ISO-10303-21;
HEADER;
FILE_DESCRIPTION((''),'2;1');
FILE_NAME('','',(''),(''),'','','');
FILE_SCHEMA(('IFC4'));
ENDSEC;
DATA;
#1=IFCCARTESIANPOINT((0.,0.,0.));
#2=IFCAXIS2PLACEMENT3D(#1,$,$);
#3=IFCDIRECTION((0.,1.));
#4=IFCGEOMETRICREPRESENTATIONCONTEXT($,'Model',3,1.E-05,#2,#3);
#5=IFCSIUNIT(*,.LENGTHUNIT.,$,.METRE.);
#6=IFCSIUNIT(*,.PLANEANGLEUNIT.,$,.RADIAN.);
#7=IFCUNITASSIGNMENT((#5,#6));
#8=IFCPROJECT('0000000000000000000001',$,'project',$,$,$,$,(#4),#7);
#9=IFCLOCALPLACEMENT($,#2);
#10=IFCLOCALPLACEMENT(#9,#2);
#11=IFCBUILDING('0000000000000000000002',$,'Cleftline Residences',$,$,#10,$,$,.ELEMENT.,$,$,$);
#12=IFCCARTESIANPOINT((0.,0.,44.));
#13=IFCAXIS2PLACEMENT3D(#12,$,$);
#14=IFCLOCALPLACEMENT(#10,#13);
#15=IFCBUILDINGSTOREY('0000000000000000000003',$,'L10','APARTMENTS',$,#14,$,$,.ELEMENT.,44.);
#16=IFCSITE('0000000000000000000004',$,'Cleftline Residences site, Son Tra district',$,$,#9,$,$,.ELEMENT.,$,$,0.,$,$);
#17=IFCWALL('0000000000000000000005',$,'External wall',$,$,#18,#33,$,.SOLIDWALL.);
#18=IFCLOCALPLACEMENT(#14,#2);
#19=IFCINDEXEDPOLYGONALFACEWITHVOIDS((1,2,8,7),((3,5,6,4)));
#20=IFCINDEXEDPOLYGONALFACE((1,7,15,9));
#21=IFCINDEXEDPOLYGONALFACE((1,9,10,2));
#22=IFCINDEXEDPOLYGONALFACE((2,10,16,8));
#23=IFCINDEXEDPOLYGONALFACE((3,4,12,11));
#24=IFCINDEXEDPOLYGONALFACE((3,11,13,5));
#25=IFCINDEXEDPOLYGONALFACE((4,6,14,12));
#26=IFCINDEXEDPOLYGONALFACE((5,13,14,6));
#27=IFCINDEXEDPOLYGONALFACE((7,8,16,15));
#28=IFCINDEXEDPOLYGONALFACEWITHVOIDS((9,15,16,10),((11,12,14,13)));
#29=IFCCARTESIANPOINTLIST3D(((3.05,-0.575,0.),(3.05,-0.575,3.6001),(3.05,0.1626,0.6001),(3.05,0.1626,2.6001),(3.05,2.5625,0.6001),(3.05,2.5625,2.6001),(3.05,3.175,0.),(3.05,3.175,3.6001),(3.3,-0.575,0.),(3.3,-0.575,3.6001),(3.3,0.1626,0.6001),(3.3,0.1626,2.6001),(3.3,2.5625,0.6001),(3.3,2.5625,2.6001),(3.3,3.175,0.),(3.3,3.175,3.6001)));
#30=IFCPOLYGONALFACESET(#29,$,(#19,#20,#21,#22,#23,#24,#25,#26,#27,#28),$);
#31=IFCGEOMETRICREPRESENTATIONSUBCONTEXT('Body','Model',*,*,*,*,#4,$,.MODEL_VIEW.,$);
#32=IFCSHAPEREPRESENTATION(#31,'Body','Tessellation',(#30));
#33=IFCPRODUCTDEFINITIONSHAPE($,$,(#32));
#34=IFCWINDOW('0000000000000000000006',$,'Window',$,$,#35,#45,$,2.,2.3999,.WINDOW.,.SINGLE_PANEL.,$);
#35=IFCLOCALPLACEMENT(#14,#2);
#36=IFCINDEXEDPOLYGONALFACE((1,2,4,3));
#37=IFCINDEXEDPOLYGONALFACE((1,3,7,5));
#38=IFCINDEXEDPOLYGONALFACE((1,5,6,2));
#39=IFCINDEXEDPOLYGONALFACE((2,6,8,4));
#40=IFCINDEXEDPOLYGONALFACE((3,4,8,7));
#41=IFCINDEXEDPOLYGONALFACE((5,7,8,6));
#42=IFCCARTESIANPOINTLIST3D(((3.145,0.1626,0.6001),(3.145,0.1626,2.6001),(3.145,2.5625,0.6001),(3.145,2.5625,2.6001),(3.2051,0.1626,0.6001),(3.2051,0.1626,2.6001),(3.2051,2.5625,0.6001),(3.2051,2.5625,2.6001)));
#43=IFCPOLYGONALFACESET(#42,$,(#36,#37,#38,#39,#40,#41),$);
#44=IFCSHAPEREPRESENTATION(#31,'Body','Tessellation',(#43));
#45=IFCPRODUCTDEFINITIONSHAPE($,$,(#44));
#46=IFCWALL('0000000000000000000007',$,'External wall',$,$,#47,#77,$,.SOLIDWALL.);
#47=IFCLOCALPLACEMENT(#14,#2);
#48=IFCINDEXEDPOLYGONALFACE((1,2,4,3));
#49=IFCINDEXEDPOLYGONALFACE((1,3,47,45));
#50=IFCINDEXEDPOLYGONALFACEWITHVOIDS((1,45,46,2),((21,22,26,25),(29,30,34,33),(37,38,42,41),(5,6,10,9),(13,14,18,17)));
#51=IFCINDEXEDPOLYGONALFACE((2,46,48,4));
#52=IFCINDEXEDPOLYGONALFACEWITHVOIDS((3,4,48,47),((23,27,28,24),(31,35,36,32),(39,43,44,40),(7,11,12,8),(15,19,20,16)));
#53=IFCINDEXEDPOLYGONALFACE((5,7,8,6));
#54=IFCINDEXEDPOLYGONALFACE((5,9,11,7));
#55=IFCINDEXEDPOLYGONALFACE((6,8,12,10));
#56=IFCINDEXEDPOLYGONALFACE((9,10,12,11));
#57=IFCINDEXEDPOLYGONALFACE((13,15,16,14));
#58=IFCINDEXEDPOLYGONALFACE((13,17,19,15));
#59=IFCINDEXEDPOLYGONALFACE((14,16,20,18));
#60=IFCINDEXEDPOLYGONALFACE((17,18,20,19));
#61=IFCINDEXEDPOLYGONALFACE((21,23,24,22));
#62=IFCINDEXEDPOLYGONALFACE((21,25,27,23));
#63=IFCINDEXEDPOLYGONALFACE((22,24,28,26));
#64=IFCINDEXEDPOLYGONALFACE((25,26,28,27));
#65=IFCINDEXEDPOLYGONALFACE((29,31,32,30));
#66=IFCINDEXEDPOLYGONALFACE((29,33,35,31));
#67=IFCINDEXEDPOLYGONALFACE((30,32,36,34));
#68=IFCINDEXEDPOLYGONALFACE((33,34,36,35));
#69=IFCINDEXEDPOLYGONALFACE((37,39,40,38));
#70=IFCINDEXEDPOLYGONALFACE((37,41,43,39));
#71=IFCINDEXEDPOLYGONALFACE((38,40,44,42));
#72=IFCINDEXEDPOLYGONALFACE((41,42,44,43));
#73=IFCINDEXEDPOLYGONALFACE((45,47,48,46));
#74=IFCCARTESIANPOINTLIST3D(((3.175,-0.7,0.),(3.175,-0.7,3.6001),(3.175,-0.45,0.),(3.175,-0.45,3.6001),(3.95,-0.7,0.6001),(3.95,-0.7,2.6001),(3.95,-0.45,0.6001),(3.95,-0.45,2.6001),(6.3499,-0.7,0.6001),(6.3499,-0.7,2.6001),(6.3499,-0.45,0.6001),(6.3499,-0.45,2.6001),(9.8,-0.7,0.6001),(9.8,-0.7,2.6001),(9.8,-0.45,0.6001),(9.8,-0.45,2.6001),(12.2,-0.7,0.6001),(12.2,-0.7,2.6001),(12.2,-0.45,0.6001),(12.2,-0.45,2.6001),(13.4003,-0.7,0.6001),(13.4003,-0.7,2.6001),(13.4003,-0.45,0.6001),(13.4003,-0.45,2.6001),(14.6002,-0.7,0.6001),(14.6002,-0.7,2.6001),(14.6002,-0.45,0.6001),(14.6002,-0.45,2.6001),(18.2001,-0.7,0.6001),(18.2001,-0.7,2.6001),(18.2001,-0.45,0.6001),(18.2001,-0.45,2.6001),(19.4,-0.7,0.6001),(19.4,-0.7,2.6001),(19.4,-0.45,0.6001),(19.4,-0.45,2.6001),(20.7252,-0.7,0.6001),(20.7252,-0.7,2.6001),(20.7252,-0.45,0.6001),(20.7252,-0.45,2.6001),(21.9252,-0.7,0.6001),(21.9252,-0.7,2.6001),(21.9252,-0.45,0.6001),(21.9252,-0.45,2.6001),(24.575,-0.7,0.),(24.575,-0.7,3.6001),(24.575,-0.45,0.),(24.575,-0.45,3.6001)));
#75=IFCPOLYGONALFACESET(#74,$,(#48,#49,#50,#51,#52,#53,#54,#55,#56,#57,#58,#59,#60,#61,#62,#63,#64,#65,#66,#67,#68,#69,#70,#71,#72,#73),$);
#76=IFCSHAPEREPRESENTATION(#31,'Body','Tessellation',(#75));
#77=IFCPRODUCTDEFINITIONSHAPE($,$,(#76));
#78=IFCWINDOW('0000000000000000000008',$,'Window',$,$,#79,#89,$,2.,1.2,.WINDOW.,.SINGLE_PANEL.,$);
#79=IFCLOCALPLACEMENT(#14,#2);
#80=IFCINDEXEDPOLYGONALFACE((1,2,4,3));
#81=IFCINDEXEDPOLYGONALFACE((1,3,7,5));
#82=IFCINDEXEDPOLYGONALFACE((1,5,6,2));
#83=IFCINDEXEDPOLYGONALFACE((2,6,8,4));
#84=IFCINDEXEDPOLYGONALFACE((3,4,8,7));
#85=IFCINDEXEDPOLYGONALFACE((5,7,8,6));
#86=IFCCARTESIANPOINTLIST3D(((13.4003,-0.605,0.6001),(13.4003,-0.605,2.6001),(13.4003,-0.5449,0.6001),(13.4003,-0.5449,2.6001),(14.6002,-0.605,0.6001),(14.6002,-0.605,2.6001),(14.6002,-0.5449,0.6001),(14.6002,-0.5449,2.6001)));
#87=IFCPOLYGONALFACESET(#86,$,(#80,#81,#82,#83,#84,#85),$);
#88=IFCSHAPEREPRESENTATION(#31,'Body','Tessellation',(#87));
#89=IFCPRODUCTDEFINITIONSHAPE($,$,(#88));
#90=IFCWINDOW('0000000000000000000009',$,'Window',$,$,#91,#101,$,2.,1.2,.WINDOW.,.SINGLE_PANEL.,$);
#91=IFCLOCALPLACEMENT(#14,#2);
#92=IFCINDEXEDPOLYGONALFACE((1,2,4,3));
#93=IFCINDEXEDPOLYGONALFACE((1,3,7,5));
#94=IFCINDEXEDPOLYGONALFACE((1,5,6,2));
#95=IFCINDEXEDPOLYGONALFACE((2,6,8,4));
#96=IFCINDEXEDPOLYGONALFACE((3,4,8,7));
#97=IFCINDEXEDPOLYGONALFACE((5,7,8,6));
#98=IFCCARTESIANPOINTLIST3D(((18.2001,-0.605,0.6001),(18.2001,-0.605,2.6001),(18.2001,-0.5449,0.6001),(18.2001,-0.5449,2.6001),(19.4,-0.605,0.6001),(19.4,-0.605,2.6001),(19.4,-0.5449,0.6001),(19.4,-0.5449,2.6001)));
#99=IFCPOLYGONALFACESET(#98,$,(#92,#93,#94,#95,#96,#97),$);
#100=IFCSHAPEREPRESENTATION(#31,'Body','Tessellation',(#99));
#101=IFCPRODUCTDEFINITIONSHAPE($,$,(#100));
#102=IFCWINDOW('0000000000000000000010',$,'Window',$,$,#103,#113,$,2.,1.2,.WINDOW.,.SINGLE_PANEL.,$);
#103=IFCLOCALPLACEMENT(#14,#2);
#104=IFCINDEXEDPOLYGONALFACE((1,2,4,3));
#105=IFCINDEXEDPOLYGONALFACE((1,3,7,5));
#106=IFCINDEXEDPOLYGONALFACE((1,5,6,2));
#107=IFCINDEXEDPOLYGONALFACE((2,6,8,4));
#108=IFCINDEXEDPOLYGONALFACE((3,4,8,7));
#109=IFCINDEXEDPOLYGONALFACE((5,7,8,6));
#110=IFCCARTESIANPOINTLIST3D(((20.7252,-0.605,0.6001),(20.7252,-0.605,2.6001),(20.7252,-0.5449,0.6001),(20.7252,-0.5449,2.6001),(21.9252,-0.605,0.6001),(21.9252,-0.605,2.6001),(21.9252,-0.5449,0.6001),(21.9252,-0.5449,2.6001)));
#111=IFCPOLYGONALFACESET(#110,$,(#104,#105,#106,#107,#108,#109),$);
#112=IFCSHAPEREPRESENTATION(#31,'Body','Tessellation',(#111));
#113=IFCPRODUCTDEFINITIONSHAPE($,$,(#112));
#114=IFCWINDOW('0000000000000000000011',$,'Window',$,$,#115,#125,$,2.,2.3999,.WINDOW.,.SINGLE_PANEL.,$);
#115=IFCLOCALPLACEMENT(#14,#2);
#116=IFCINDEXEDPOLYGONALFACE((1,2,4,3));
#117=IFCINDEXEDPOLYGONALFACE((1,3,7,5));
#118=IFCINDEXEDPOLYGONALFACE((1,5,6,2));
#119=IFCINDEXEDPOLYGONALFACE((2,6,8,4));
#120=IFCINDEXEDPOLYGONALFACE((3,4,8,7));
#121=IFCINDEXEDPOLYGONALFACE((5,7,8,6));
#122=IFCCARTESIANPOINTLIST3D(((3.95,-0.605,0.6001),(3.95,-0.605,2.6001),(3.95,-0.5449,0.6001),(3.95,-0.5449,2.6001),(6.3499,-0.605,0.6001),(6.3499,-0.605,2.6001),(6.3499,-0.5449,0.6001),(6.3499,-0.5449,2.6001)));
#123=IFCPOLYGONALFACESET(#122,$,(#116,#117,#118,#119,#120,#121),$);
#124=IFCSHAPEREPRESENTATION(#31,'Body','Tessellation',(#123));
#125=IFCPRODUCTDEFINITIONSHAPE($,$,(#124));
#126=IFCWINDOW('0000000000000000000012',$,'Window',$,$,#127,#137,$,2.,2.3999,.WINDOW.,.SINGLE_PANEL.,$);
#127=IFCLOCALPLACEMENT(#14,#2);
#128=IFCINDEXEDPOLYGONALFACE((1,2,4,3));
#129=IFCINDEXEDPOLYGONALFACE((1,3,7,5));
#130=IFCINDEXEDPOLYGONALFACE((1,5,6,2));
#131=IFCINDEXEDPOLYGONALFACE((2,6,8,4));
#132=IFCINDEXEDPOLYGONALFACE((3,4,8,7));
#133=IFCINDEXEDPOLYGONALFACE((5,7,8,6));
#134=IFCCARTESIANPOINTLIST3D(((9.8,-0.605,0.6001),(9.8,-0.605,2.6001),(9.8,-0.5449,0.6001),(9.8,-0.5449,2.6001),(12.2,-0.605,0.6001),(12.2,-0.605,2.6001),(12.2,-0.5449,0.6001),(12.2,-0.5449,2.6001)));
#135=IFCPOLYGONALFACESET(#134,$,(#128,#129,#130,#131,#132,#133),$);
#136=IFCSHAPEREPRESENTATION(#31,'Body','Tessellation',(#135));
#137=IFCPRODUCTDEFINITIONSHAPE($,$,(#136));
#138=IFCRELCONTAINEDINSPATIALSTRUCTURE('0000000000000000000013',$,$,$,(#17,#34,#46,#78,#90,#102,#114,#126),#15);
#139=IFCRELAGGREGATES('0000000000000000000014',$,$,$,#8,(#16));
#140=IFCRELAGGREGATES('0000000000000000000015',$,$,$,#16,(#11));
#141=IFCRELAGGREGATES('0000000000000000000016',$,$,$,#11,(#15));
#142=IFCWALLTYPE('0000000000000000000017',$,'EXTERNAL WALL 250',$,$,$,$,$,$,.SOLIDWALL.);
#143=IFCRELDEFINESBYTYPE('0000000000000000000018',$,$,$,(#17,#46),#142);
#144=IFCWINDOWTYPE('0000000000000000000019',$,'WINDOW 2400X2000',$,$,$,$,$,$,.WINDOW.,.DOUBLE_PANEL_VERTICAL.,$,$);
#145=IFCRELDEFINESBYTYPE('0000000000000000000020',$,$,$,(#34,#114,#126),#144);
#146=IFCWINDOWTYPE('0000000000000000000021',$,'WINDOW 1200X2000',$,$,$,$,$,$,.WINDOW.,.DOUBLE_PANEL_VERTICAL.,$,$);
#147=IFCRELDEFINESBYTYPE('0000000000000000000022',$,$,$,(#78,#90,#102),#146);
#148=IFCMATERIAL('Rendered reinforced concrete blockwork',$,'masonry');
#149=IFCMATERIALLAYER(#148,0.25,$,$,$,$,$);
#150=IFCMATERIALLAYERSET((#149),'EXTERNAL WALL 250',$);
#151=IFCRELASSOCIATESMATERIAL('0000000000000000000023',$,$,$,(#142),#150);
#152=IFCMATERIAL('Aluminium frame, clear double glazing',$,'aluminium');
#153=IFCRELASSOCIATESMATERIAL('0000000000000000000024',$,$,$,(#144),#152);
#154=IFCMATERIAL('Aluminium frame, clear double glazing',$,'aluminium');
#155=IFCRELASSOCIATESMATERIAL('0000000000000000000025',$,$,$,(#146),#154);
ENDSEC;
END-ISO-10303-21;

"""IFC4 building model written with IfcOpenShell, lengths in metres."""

from ifc_helpers import new_model, si_unit, direction, frame, frame_2d, origin, place, context, subcontext, project, spatial, rectangle, extrude, material, layer, layer_set, type_object, element, fill, save


model = new_model("IFC4")

# Units and contexts
model_context = context("Model", 3, precision=1e-05, world=origin(), true_north=direction((0.0, 1.0)))
body_context = subcontext(model_context, "Body", "Model", "MODEL_VIEW")
ifc_project = project(units=[si_unit("LENGTHUNIT", "METRE"), si_unit("PLANEANGLEUNIT", "RADIAN")], contexts=[model_context])

# Site, building, storey
site_placement = place(None, origin())
site = spatial("IfcSite", under=ifc_project, at=site_placement, Name="Cleftline Residences site, Son Tra district", CompositionType="ELEMENT", RefElevation=0.0)
building_placement = place(site_placement, origin())
building = spatial("IfcBuilding", under=site, at=building_placement, Name="Cleftline Residences", CompositionType="ELEMENT")
storey_placement = place(building_placement, frame((0.0, 0.0, 44.0)))
storey = spatial("IfcBuildingStorey", under=building, at=storey_placement, Name="L10", Description="APARTMENTS", CompositionType="ELEMENT", Elevation=44.0)

# Wall, opening, window
ifc_material_1 = material(Name="Rendered reinforced concrete blockwork", Category="masonry")
ifc_layer_1 = layer(ifc_material_1, 0.25)
ifc_layer_set_1 = layer_set([ifc_layer_1], Name="EXTERNAL WALL 250")
wall_type_1 = type_object("IfcWallType", Name="EXTERNAL WALL 250", PredefinedType="SOLIDWALL", material=ifc_layer_set_1)
wall_1_placement = place(storey_placement, frame((3.175, 3.175, 0.0), z_axis=(0.0, 0.0, 1.0), x_axis=(0.0, -1.0, 0.0)))
wall_1 = element("IfcWall", 1, at=wall_1_placement, inside=storey, type_object=wall_type_1, Name="External wall", PredefinedType="SOLIDWALL", context=body_context, shape_type="SweptSolid", body=[
    extrude(rectangle(XDim=3.75, YDim=0.25, at=frame_2d((1.875, 0.0))), origin(), (0.0, 0.0, 1.0), 3.6001),
])
opening_1_placement = place(wall_1_placement, frame((0.6125, 0.0, 0.6001)))
opening_1 = element("IfcOpeningElement", 2, at=opening_1_placement, cuts=wall_1, PredefinedType="OPENING", context=body_context, shape_type="SweptSolid", body=[
    extrude(rectangle(XDim=2.3999, YDim=2.0, at=frame_2d((1.2, 1.0))), frame((0.0, 0.135, 0.0), z_axis=(0.0, -1.0, 0.0), x_axis=(1.0, 0.0, 0.0)), (0.0, 0.0, 1.0), 0.27),
])
ifc_material_2 = material(Name="Aluminium frame, clear double glazing", Category="aluminium")
window_type_1 = type_object("IfcWindowType", Name="WINDOW 2400X2000", PartitioningType="DOUBLE_PANEL_VERTICAL", PredefinedType="WINDOW", material=ifc_material_2)
window_1_placement = place(opening_1_placement, origin())
window_1 = element("IfcWindow", 3, at=window_1_placement, inside=storey, type_object=window_type_1, Name="Window", OverallHeight=2.0, OverallWidth=2.3999, PartitioningType="SINGLE_PANEL", PredefinedType="WINDOW", context=body_context, shape_type="SweptSolid", body=[
    extrude(rectangle(XDim=2.3999, YDim=2.0, at=frame_2d((1.2, 1.0))), frame((0.0, 0.03, 0.0), z_axis=(0.0, -1.0, 0.0), x_axis=(1.0, 0.0, 0.0)), (0.0, 0.0, 1.0), 0.0601),
])
fill(opening_1, window_1)

# Wall, openings, windows
wall_2_placement = place(storey_placement, frame((3.175, -0.575, 0.0), z_axis=(0.0, 0.0, 1.0), x_axis=(1.0, 0.0, 0.0)))
wall_2 = element("IfcWall", 4, at=wall_2_placement, inside=storey, type_object=wall_type_1, Name="External wall", PredefinedType="SOLIDWALL", context=body_context, shape_type="SweptSolid", body=[
    extrude(rectangle(XDim=21.3999, YDim=0.25, at=frame_2d((10.7, 0.0))), origin(), (0.0, 0.0, 1.0), 3.6001),
])
opening_2_placement = place(wall_2_placement, frame((0.7749, 0.0, 0.6001)))
opening_2 = element("IfcOpeningElement", 5, at=opening_2_placement, cuts=wall_2, PredefinedType="OPENING", context=body_context, shape_type="SweptSolid", body=[
    extrude(rectangle(XDim=2.3999, YDim=2.0, at=frame_2d((1.2, 1.0))), frame((0.0, 0.135, 0.0), z_axis=(0.0, -1.0, 0.0), x_axis=(1.0, 0.0, 0.0)), (0.0, 0.0, 1.0), 0.27),
])
opening_3_placement = place(wall_2_placement, frame((6.625, 0.0, 0.6001)))
opening_3 = element("IfcOpeningElement", 6, at=opening_3_placement, cuts=wall_2, PredefinedType="OPENING", context=body_context, shape_type="SweptSolid", body=[
    extrude(rectangle(XDim=2.3999, YDim=2.0, at=frame_2d((1.2, 1.0))), frame((0.0, 0.135, 0.0), z_axis=(0.0, -1.0, 0.0), x_axis=(1.0, 0.0, 0.0)), (0.0, 0.0, 1.0), 0.27),
])
opening_4_placement = place(wall_2_placement, frame((10.2251, 0.0, 0.6001)))
opening_4 = element("IfcOpeningElement", 7, at=opening_4_placement, cuts=wall_2, PredefinedType="OPENING", context=body_context, shape_type="SweptSolid", body=[
    extrude(rectangle(XDim=1.2, YDim=2.0, at=frame_2d((0.6001, 1.0))), frame((0.0, 0.135, 0.0), z_axis=(0.0, -1.0, 0.0), x_axis=(1.0, 0.0, 0.0)), (0.0, 0.0, 1.0), 0.27),
])
opening_5_placement = place(wall_2_placement, frame((15.0249, 0.0, 0.6001)))
opening_5 = element("IfcOpeningElement", 8, at=opening_5_placement, cuts=wall_2, PredefinedType="OPENING", context=body_context, shape_type="SweptSolid", body=[
    extrude(rectangle(XDim=1.2, YDim=2.0, at=frame_2d((0.6001, 1.0))), frame((0.0, 0.135, 0.0), z_axis=(0.0, -1.0, 0.0), x_axis=(1.0, 0.0, 0.0)), (0.0, 0.0, 1.0), 0.27),
])
opening_6_placement = place(wall_2_placement, frame((17.55, 0.0, 0.6001)))
opening_6 = element("IfcOpeningElement", 9, at=opening_6_placement, cuts=wall_2, PredefinedType="OPENING", context=body_context, shape_type="SweptSolid", body=[
    extrude(rectangle(XDim=1.2, YDim=2.0, at=frame_2d((0.6001, 1.0))), frame((0.0, 0.135, 0.0), z_axis=(0.0, -1.0, 0.0), x_axis=(1.0, 0.0, 0.0)), (0.0, 0.0, 1.0), 0.27),
])
ifc_material_3 = material(Name="Aluminium frame, clear double glazing", Category="aluminium")
window_type_2 = type_object("IfcWindowType", Name="WINDOW 1200X2000", PartitioningType="DOUBLE_PANEL_VERTICAL", PredefinedType="WINDOW", material=ifc_material_3)
window_2_placement = place(opening_4_placement, origin())
window_2 = element("IfcWindow", 10, at=window_2_placement, inside=storey, type_object=window_type_2, Name="Window", OverallHeight=2.0, OverallWidth=1.2, PartitioningType="SINGLE_PANEL", PredefinedType="WINDOW", context=body_context, shape_type="SweptSolid", body=[
    extrude(rectangle(XDim=1.2, YDim=2.0, at=frame_2d((0.6001, 1.0))), frame((0.0, 0.03, 0.0), z_axis=(0.0, -1.0, 0.0), x_axis=(1.0, 0.0, 0.0)), (0.0, 0.0, 1.0), 0.0601),
])
fill(opening_4, window_2)
window_3_placement = place(opening_5_placement, origin())
window_3 = element("IfcWindow", 11, at=window_3_placement, inside=storey, type_object=window_type_2, Name="Window", OverallHeight=2.0, OverallWidth=1.2, PartitioningType="SINGLE_PANEL", PredefinedType="WINDOW", context=body_context, shape_type="SweptSolid", body=[
    extrude(rectangle(XDim=1.2, YDim=2.0, at=frame_2d((0.6001, 1.0))), frame((0.0, 0.03, 0.0), z_axis=(0.0, -1.0, 0.0), x_axis=(1.0, 0.0, 0.0)), (0.0, 0.0, 1.0), 0.0601),
])
fill(opening_5, window_3)
window_4_placement = place(opening_6_placement, origin())
window_4 = element("IfcWindow", 12, at=window_4_placement, inside=storey, type_object=window_type_2, Name="Window", OverallHeight=2.0, OverallWidth=1.2, PartitioningType="SINGLE_PANEL", PredefinedType="WINDOW", context=body_context, shape_type="SweptSolid", body=[
    extrude(rectangle(XDim=1.2, YDim=2.0, at=frame_2d((0.6001, 1.0))), frame((0.0, 0.03, 0.0), z_axis=(0.0, -1.0, 0.0), x_axis=(1.0, 0.0, 0.0)), (0.0, 0.0, 1.0), 0.0601),
])
fill(opening_6, window_4)
window_5_placement = place(opening_2_placement, origin())
window_5 = element("IfcWindow", 13, at=window_5_placement, inside=storey, type_object=window_type_1, Name="Window", OverallHeight=2.0, OverallWidth=2.3999, PartitioningType="SINGLE_PANEL", PredefinedType="WINDOW", context=body_context, shape_type="SweptSolid", body=[
    extrude(rectangle(XDim=2.3999, YDim=2.0, at=frame_2d((1.2, 1.0))), frame((0.0, 0.03, 0.0), z_axis=(0.0, -1.0, 0.0), x_axis=(1.0, 0.0, 0.0)), (0.0, 0.0, 1.0), 0.0601),
])
fill(opening_2, window_5)
window_6_placement = place(opening_3_placement, origin())
window_6 = element("IfcWindow", 14, at=window_6_placement, inside=storey, type_object=window_type_1, Name="Window", OverallHeight=2.0, OverallWidth=2.3999, PartitioningType="SINGLE_PANEL", PredefinedType="WINDOW", context=body_context, shape_type="SweptSolid", body=[
    extrude(rectangle(XDim=2.3999, YDim=2.0, at=frame_2d((1.2, 1.0))), frame((0.0, 0.03, 0.0), z_axis=(0.0, -1.0, 0.0), x_axis=(1.0, 0.0, 0.0)), (0.0, 0.0, 1.0), 0.0601),
])
fill(opening_3, window_6)

save(model, "model.ifc")
